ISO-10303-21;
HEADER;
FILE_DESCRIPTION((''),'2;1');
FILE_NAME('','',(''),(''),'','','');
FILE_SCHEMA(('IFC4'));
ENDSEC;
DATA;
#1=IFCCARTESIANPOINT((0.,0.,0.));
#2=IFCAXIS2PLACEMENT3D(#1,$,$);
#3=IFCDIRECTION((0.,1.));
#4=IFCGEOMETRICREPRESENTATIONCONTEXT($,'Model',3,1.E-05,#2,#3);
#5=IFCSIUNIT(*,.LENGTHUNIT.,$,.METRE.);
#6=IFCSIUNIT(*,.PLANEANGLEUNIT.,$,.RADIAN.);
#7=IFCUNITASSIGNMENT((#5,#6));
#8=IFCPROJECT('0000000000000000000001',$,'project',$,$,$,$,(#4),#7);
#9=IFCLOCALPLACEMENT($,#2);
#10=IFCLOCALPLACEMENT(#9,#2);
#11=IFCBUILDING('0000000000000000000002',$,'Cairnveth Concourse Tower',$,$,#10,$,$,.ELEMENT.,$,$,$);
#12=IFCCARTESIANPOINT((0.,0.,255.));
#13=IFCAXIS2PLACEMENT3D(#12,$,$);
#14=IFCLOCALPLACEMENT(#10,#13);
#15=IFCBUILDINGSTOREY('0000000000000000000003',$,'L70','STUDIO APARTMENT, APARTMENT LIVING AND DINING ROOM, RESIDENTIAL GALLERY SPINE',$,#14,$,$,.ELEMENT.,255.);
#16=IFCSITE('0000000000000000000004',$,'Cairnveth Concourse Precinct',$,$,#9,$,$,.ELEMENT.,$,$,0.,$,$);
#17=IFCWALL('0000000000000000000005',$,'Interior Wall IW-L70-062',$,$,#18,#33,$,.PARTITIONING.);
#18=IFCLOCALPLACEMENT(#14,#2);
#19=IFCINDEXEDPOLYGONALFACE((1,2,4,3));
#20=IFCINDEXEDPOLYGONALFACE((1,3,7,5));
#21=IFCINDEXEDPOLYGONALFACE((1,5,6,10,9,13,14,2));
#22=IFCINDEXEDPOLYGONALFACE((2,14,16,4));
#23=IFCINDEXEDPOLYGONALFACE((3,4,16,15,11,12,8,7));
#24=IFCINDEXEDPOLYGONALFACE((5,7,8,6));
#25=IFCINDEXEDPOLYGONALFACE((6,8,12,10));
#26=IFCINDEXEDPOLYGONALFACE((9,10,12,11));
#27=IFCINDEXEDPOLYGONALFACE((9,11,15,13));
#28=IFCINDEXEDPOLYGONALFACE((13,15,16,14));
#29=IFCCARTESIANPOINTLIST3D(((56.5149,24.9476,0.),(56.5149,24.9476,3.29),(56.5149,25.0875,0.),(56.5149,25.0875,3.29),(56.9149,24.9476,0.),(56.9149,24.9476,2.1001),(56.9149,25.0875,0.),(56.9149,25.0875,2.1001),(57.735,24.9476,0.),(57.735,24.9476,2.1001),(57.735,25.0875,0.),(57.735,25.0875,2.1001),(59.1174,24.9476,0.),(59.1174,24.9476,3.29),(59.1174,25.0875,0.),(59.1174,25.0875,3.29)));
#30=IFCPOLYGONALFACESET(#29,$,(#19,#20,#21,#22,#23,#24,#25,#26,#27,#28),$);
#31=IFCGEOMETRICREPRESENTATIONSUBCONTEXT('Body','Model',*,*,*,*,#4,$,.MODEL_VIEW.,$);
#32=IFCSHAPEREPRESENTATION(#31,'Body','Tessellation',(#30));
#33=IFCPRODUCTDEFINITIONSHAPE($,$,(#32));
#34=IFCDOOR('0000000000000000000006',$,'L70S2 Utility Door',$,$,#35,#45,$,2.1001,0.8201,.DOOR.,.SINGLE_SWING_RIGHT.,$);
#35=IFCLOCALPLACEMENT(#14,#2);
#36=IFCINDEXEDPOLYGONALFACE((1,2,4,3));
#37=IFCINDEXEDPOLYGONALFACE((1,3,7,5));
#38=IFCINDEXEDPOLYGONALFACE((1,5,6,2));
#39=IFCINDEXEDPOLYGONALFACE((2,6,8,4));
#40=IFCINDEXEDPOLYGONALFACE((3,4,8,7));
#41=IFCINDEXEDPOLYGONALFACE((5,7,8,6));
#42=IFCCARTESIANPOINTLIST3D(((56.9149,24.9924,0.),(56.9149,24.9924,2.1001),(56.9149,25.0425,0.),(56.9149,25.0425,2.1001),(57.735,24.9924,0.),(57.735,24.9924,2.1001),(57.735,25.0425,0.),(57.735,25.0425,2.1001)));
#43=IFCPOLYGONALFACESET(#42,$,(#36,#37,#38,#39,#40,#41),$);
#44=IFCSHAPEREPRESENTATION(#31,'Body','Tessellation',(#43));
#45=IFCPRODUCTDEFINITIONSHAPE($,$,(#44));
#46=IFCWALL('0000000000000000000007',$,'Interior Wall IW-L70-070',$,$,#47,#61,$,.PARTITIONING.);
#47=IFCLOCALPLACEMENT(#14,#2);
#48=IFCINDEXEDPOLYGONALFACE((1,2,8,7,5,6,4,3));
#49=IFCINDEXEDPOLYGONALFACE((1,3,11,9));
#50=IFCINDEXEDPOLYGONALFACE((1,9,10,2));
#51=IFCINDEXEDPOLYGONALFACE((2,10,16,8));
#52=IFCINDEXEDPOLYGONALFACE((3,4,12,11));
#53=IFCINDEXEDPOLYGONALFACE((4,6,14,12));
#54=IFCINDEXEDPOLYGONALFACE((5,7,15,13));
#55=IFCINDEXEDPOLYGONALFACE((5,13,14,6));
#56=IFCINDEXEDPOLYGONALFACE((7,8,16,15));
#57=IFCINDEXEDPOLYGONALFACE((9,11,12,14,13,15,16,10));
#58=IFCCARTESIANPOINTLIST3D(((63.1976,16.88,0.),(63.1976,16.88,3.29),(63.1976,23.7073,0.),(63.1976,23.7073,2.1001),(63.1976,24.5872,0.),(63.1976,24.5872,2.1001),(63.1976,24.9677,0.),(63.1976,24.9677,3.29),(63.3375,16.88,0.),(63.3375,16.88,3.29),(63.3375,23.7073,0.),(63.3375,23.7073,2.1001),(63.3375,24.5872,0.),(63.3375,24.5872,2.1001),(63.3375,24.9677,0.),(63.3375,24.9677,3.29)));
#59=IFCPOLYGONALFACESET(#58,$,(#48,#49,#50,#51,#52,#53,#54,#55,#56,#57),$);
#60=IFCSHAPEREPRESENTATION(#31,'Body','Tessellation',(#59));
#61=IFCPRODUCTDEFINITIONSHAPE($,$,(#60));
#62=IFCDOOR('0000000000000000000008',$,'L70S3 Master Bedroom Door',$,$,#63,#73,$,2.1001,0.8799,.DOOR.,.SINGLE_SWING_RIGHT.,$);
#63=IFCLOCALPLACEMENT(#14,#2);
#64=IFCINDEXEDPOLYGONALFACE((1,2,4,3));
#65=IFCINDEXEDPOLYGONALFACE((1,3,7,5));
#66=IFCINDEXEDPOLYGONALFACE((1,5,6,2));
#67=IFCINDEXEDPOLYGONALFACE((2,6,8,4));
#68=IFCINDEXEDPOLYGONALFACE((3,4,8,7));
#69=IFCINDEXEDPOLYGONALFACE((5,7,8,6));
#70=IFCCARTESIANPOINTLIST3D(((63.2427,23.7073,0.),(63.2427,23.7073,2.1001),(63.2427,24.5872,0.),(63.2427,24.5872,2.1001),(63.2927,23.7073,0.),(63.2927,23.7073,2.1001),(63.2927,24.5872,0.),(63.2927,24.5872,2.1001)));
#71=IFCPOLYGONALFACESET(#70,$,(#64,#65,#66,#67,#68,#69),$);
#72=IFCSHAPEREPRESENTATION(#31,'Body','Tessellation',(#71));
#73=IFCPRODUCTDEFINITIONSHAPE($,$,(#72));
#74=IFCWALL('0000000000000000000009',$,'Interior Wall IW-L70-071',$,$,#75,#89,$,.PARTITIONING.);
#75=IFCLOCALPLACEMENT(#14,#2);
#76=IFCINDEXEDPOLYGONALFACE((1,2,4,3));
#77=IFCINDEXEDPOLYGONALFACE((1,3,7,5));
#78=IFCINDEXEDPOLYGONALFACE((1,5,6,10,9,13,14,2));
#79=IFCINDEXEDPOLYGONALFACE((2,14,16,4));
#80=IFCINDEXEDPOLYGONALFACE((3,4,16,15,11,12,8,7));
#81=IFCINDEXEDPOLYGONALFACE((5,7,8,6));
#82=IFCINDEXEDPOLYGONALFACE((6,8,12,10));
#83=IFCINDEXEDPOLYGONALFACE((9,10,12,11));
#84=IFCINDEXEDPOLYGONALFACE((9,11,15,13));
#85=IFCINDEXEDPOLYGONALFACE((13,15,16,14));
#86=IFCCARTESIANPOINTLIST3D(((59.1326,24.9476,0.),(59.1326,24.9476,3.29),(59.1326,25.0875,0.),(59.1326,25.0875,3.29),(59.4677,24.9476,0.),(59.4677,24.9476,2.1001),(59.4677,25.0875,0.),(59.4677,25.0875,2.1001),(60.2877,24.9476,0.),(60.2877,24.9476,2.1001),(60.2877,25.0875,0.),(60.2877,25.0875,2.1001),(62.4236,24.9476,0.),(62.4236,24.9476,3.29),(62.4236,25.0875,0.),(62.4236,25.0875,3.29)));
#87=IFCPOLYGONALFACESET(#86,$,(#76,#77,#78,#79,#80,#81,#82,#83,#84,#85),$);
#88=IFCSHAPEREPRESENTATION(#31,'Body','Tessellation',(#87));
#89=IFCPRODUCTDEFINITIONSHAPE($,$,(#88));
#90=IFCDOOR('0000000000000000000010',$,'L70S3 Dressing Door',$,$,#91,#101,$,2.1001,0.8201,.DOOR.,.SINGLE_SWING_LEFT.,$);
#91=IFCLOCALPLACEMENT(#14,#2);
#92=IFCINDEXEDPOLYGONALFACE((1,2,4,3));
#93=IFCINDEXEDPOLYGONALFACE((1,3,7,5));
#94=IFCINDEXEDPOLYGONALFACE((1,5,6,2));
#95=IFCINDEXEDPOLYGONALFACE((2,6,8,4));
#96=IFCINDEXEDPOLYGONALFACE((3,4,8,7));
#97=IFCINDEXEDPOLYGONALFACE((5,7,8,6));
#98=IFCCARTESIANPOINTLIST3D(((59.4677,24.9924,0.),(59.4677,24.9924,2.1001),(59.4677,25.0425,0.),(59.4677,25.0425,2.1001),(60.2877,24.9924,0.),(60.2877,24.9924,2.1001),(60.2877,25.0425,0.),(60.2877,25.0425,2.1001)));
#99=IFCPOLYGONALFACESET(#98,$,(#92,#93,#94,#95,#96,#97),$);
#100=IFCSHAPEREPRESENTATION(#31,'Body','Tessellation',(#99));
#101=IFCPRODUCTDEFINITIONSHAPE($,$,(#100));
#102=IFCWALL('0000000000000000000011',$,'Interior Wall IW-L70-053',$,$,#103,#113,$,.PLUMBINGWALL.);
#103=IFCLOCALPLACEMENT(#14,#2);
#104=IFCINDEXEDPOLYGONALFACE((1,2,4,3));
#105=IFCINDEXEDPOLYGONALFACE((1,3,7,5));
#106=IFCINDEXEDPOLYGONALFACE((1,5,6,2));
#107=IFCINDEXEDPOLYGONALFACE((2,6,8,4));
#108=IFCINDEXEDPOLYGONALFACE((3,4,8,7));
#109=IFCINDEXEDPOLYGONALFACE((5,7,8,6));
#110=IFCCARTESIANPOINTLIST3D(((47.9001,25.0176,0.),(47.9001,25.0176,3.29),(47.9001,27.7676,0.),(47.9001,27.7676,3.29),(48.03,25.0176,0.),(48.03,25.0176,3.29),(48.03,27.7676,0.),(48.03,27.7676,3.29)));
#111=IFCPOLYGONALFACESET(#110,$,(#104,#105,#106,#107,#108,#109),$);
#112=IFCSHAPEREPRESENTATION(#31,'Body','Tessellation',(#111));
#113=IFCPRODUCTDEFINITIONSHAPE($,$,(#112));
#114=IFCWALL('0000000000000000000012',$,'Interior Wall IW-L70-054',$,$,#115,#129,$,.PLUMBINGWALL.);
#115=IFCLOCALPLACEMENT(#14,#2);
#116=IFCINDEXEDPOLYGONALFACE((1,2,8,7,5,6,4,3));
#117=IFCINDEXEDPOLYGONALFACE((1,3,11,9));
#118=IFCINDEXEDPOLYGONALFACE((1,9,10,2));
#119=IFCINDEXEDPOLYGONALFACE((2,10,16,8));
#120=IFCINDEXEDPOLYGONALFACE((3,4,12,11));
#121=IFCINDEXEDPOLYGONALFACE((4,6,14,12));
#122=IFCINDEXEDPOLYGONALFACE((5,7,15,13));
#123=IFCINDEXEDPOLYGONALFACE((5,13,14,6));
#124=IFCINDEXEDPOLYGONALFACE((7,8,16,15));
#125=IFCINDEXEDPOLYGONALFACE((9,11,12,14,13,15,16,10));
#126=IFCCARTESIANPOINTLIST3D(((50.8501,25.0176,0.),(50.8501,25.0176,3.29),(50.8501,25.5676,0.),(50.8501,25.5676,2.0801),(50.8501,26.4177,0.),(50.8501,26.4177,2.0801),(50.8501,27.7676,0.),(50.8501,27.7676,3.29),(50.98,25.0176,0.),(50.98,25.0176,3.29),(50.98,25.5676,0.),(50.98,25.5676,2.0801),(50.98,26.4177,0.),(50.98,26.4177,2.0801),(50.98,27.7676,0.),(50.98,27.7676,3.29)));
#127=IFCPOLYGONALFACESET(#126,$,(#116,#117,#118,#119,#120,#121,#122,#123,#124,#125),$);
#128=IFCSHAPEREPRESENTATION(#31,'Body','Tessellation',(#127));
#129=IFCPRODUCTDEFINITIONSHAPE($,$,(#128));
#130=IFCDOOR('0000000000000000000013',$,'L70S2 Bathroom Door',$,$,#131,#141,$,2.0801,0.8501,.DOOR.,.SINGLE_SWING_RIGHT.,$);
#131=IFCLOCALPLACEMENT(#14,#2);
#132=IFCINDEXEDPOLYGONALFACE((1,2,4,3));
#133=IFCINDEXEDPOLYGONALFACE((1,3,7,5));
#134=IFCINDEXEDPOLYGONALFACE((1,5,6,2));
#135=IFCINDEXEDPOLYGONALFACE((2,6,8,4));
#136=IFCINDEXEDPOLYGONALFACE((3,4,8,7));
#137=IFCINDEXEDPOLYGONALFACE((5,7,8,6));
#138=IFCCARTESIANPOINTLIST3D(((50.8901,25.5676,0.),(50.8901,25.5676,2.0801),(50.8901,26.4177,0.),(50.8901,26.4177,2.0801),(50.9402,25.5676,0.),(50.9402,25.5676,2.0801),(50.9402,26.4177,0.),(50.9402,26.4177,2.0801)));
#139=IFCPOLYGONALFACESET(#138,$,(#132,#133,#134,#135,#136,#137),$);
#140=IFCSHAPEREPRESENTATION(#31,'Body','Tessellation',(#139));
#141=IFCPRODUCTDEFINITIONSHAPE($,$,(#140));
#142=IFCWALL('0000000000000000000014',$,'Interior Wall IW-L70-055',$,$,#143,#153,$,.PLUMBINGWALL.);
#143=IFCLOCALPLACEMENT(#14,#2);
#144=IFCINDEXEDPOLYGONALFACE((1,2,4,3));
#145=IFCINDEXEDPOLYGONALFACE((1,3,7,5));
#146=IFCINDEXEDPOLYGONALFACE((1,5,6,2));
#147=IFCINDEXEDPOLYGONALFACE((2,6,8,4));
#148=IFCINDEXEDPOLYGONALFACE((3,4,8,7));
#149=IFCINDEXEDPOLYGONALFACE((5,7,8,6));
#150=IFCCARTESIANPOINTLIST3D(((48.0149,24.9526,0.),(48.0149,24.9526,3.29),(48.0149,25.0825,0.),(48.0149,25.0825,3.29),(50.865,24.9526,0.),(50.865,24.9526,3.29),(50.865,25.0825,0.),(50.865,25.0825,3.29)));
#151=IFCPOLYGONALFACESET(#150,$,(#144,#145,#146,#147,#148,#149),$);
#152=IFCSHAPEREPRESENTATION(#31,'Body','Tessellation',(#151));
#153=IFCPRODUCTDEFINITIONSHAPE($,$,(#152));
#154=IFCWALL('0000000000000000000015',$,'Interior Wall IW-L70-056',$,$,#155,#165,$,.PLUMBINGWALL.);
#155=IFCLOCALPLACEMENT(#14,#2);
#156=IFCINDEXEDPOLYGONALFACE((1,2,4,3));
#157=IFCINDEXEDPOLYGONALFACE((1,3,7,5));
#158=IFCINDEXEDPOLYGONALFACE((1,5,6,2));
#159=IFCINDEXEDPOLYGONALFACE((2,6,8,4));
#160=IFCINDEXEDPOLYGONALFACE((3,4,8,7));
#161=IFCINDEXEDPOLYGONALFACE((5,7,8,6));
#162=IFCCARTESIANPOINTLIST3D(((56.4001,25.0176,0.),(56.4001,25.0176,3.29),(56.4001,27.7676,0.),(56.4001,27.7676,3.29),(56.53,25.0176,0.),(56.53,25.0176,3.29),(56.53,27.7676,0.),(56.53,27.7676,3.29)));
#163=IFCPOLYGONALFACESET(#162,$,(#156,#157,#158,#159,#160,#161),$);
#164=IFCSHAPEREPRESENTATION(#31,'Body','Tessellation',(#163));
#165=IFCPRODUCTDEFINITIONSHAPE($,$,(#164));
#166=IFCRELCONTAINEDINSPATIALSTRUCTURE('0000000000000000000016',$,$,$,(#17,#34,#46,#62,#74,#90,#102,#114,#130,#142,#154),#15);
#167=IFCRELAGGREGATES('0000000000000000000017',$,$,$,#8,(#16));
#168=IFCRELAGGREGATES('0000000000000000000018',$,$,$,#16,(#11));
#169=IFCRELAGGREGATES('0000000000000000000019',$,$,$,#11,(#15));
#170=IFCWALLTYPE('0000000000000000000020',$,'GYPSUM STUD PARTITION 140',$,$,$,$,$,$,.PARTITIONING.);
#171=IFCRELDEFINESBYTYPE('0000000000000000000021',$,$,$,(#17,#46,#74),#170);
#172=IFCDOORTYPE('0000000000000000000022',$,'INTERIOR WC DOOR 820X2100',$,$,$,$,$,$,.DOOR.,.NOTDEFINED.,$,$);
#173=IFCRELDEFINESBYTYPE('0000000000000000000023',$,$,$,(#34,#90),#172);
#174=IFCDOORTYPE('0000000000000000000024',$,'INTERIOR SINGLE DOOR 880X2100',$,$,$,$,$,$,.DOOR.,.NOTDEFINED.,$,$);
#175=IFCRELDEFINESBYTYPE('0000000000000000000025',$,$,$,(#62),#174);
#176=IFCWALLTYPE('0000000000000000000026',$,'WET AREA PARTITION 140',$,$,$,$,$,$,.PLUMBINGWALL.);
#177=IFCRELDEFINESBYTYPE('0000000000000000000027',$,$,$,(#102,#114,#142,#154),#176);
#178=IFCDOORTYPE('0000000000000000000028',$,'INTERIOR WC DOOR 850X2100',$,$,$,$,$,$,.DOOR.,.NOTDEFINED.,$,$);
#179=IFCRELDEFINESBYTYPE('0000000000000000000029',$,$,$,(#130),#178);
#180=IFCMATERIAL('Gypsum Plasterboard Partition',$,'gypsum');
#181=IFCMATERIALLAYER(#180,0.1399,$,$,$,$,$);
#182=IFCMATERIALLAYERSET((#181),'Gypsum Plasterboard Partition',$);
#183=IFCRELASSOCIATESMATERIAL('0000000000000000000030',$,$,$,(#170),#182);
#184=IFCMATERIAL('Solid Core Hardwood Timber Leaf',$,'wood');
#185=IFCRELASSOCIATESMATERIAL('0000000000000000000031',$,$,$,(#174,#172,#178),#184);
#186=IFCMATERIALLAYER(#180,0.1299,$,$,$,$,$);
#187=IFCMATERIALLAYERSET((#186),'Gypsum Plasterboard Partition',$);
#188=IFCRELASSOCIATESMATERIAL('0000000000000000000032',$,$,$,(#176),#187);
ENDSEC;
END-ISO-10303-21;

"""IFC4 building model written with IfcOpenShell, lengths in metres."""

from ifc_helpers import new_model, si_unit, direction, frame, frame_2d, origin, place, context, subcontext, project, spatial, rectangle, extrude, material, layer, layer_set, type_object, element, fill, save


model = new_model("IFC4")

# Units and contexts
model_context = context("Model", 3, precision=1e-05, world=origin(), true_north=direction((0.0, 1.0)))
body_context = subcontext(model_context, "Body", "Model", "MODEL_VIEW")
ifc_project = project(units=[si_unit("LENGTHUNIT", "METRE"), si_unit("PLANEANGLEUNIT", "RADIAN")], contexts=[model_context])

# Site, building, storey
site_placement = place(None, origin())
site = spatial("IfcSite", under=ifc_project, at=site_placement, Name="Cairnveth Concourse Precinct", CompositionType="ELEMENT", RefElevation=0.0)
building_placement = place(site_placement, origin())
building = spatial("IfcBuilding", under=site, at=building_placement, Name="Cairnveth Concourse Tower", CompositionType="ELEMENT")
storey_placement = place(building_placement, frame((0.0, 0.0, 255.0)))
storey = spatial("IfcBuildingStorey", under=building, at=storey_placement, Name="L70", Description="STUDIO APARTMENT, APARTMENT LIVING AND DINING ROOM, RESIDENTIAL GALLERY SPINE", CompositionType="ELEMENT", Elevation=255.0)

# Shared definitions
ifc_material_1 = material(Name="Gypsum Plasterboard Partition", Category="gypsum")

# Walls, openings, doors
ifc_layer_1 = layer(ifc_material_1, 0.1399)
ifc_layer_set_1 = layer_set([ifc_layer_1], Name="Gypsum Plasterboard Partition")
wall_type_1 = type_object("IfcWallType", Name="GYPSUM STUD PARTITION 140", PredefinedType="PARTITIONING", material=ifc_layer_set_1)
ifc_material_2 = material(Name="Solid Core Hardwood Timber Leaf", Category="wood")
door_type_1 = type_object("IfcDoorType", Name="INTERIOR SINGLE DOOR 880X2100", OperationType="NOTDEFINED", PredefinedType="DOOR", material=ifc_material_2)
wall_1_placement = place(storey_placement, frame((56.5149, 25.0176, 0.0), z_axis=(0.0, 0.0, 1.0), x_axis=(1.0, 0.0, 0.0)))
wall_1 = element("IfcWall", 1, at=wall_1_placement, inside=storey, type_object=wall_type_1, Name="Interior Wall IW-L70-062", PredefinedType="PARTITIONING", context=body_context, shape_type="SweptSolid", body=[
    extrude(rectangle(XDim=2.6025, YDim=0.1399, at=frame_2d((1.3013, 0.0))), origin(), (0.0, 0.0, 1.0), 3.29),
])
opening_1_placement = place(wall_1_placement, frame((0.3999, 0.0, 0.0)))
opening_1 = element("IfcOpeningElement", 2, at=opening_1_placement, cuts=wall_1, PredefinedType="OPENING", context=body_context, shape_type="SweptSolid", body=[
    extrude(rectangle(XDim=0.8201, YDim=2.1001, at=frame_2d((0.4102, 1.05))), frame((0.0, 0.0798, 0.0), z_axis=(0.0, -1.0, 0.0), x_axis=(1.0, 0.0, 0.0)), (0.0, 0.0, 1.0), 0.1599),
])
door_type_2 = type_object("IfcDoorType", Name="INTERIOR WC DOOR 820X2100", OperationType="NOTDEFINED", PredefinedType="DOOR", material=ifc_material_2)
door_1_placement = place(opening_1_placement, origin())
door_1 = element("IfcDoor", 3, at=door_1_placement, inside=storey, type_object=door_type_2, Name="L70S2 Utility Door", OperationType="SINGLE_SWING_RIGHT", OverallHeight=2.1001, OverallWidth=0.8201, PredefinedType="DOOR", context=body_context, shape_type="SweptSolid", body=[
    extrude(rectangle(XDim=0.8201, YDim=2.1001, at=frame_2d((0.4102, 1.05))), frame((0.0, 0.0249, 0.0), z_axis=(0.0, -1.0, 0.0), x_axis=(1.0, 0.0, 0.0)), (0.0, 0.0, 1.0), 0.05),
])
fill(opening_1, door_1)
wall_2_placement = place(storey_placement, frame((63.2676, 16.8799, 0.0), z_axis=(0.0, 0.0, 1.0), x_axis=(0.0, 1.0, 0.0)))
wall_2 = element("IfcWall", 4, at=wall_2_placement, inside=storey, type_object=wall_type_1, Name="Interior Wall IW-L70-070", PredefinedType="PARTITIONING", context=body_context, shape_type="SweptSolid", body=[
    extrude(rectangle(XDim=8.0876, YDim=0.1399, at=frame_2d((4.0439, 0.0))), origin(), (0.0, 0.0, 1.0), 3.29),
])
opening_2_placement = place(wall_2_placement, frame((6.8274, 0.0, 0.0)))
opening_2 = element("IfcOpeningElement", 5, at=opening_2_placement, cuts=wall_2, PredefinedType="OPENING", context=body_context, shape_type="SweptSolid", body=[
    extrude(rectangle(XDim=0.8799, YDim=2.1001, at=frame_2d((0.4399, 1.05))), frame((0.0, 0.0798, 0.0), z_axis=(0.0, -1.0, 0.0), x_axis=(1.0, 0.0, 0.0)), (0.0, 0.0, 1.0), 0.1599),
])
door_2_placement = place(opening_2_placement, origin())
door_2 = element("IfcDoor", 6, at=door_2_placement, inside=storey, type_object=door_type_1, Name="L70S3 Master Bedroom Door", OperationType="SINGLE_SWING_RIGHT", OverallHeight=2.1001, OverallWidth=0.8799, PredefinedType="DOOR", context=body_context, shape_type="SweptSolid", body=[
    extrude(rectangle(XDim=0.8799, YDim=2.1001, at=frame_2d((0.4399, 1.05))), frame((0.0, 0.0249, 0.0), z_axis=(0.0, -1.0, 0.0), x_axis=(1.0, 0.0, 0.0)), (0.0, 0.0, 1.0), 0.05),
])
fill(opening_2, door_2)
wall_3_placement = place(storey_placement, frame((59.1326, 25.0176, 0.0), z_axis=(0.0, 0.0, 1.0), x_axis=(1.0, 0.0, 0.0)))
wall_3 = element("IfcWall", 7, at=wall_3_placement, inside=storey, type_object=wall_type_1, Name="Interior Wall IW-L70-071", PredefinedType="PARTITIONING", context=body_context, shape_type="SweptSolid", body=[
    extrude(rectangle(XDim=3.291, YDim=0.1399, at=frame_2d((1.6455, 0.0))), origin(), (0.0, 0.0, 1.0), 3.29),
])
opening_3_placement = place(wall_3_placement, frame((0.335, 0.0, 0.0)))
opening_3 = element("IfcOpeningElement", 8, at=opening_3_placement, cuts=wall_3, PredefinedType="OPENING", context=body_context, shape_type="SweptSolid", body=[
    extrude(rectangle(XDim=0.8201, YDim=2.1001, at=frame_2d((0.4102, 1.05))), frame((0.0, 0.0798, 0.0), z_axis=(0.0, -1.0, 0.0), x_axis=(1.0, 0.0, 0.0)), (0.0, 0.0, 1.0), 0.1599),
])
door_3_placement = place(opening_3_placement, origin())
door_3 = element("IfcDoor", 9, at=door_3_placement, inside=storey, type_object=door_type_2, Name="L70S3 Dressing Door", OperationType="SINGLE_SWING_LEFT", OverallHeight=2.1001, OverallWidth=0.8201, PredefinedType="DOOR", context=body_context, shape_type="SweptSolid", body=[
    extrude(rectangle(XDim=0.8201, YDim=2.1001, at=frame_2d((0.4102, 1.05))), frame((0.0, 0.0249, 0.0), z_axis=(0.0, -1.0, 0.0), x_axis=(1.0, 0.0, 0.0)), (0.0, 0.0, 1.0), 0.05),
])
fill(opening_3, door_3)

# Wall
ifc_layer_2 = layer(ifc_material_1, 0.1299)
ifc_layer_set_2 = layer_set([ifc_layer_2], Name="Gypsum Plasterboard Partition")
wall_type_2 = type_object("IfcWallType", Name="WET AREA PARTITION 140", PredefinedType="PLUMBINGWALL", material=ifc_layer_set_2)
wall_4_placement = place(storey_placement, frame((47.9651, 25.0176, 0.0), z_axis=(0.0, 0.0, 1.0), x_axis=(0.0, 1.0, 0.0)))
element("IfcWall", 10, at=wall_4_placement, inside=storey, type_object=wall_type_2, Name="Interior Wall IW-L70-053", PredefinedType="PLUMBINGWALL", context=body_context, shape_type="SweptSolid", body=[
    extrude(rectangle(XDim=2.75, YDim=0.1299, at=frame_2d((1.375, 0.0))), origin(), (0.0, 0.0, 1.0), 3.29),
])

# Wall, opening, door
wall_5_placement = place(storey_placement, frame((50.915, 25.0176, 0.0), z_axis=(0.0, 0.0, 1.0), x_axis=(0.0, 1.0, 0.0)))
wall_5 = element("IfcWall", 11, at=wall_5_placement, inside=storey, type_object=wall_type_2, Name="Interior Wall IW-L70-054", PredefinedType="PLUMBINGWALL", context=body_context, shape_type="SweptSolid", body=[
    extrude(rectangle(XDim=2.75, YDim=0.1299, at=frame_2d((1.375, 0.0))), origin(), (0.0, 0.0, 1.0), 3.29),
])
opening_4_placement = place(wall_5_placement, frame((0.55, 0.0, 0.0)))
opening_4 = element("IfcOpeningElement", 12, at=opening_4_placement, cuts=wall_5, PredefinedType="OPENING", context=body_context, shape_type="SweptSolid", body=[
    extrude(rectangle(XDim=0.8501, YDim=2.0801, at=frame_2d((0.425, 1.04))), frame((0.0, 0.075, 0.0), z_axis=(0.0, -1.0, 0.0), x_axis=(1.0, 0.0, 0.0)), (0.0, 0.0, 1.0), 0.1499),
])
door_type_3 = type_object("IfcDoorType", Name="INTERIOR WC DOOR 850X2100", OperationType="NOTDEFINED", PredefinedType="DOOR", material=ifc_material_2)
door_4_placement = place(opening_4_placement, origin())
door_4 = element("IfcDoor", 13, at=door_4_placement, inside=storey, type_object=door_type_3, Name="L70S2 Bathroom Door", OperationType="SINGLE_SWING_RIGHT", OverallHeight=2.0801, OverallWidth=0.8501, PredefinedType="DOOR", context=body_context, shape_type="SweptSolid", body=[
    extrude(rectangle(XDim=0.8501, YDim=2.0801, at=frame_2d((0.425, 1.04))), frame((0.0, 0.0249, 0.0), z_axis=(0.0, -1.0, 0.0), x_axis=(1.0, 0.0, 0.0)), (0.0, 0.0, 1.0), 0.05),
])
fill(opening_4, door_4)

# Walls
wall_6_placement = place(storey_placement, frame((48.0149, 25.0176, 0.0), z_axis=(0.0, 0.0, 1.0), x_axis=(1.0, 0.0, 0.0)))
element("IfcWall", 14, at=wall_6_placement, inside=storey, type_object=wall_type_2, Name="Interior Wall IW-L70-055", PredefinedType="PLUMBINGWALL", context=body_context, shape_type="SweptSolid", body=[
    extrude(rectangle(XDim=2.8501, YDim=0.1299, at=frame_2d((1.425, 0.0))), origin(), (0.0, 0.0, 1.0), 3.29),
])
wall_7_placement = place(storey_placement, frame((56.4651, 25.0176, 0.0), z_axis=(0.0, 0.0, 1.0), x_axis=(0.0, 1.0, 0.0)))
element("IfcWall", 15, at=wall_7_placement, inside=storey, type_object=wall_type_2, Name="Interior Wall IW-L70-056", PredefinedType="PLUMBINGWALL", context=body_context, shape_type="SweptSolid", body=[
    extrude(rectangle(XDim=2.75, YDim=0.1299, at=frame_2d((1.375, 0.0))), origin(), (0.0, 0.0, 1.0), 3.29),
])

save(model, "model.ifc")
